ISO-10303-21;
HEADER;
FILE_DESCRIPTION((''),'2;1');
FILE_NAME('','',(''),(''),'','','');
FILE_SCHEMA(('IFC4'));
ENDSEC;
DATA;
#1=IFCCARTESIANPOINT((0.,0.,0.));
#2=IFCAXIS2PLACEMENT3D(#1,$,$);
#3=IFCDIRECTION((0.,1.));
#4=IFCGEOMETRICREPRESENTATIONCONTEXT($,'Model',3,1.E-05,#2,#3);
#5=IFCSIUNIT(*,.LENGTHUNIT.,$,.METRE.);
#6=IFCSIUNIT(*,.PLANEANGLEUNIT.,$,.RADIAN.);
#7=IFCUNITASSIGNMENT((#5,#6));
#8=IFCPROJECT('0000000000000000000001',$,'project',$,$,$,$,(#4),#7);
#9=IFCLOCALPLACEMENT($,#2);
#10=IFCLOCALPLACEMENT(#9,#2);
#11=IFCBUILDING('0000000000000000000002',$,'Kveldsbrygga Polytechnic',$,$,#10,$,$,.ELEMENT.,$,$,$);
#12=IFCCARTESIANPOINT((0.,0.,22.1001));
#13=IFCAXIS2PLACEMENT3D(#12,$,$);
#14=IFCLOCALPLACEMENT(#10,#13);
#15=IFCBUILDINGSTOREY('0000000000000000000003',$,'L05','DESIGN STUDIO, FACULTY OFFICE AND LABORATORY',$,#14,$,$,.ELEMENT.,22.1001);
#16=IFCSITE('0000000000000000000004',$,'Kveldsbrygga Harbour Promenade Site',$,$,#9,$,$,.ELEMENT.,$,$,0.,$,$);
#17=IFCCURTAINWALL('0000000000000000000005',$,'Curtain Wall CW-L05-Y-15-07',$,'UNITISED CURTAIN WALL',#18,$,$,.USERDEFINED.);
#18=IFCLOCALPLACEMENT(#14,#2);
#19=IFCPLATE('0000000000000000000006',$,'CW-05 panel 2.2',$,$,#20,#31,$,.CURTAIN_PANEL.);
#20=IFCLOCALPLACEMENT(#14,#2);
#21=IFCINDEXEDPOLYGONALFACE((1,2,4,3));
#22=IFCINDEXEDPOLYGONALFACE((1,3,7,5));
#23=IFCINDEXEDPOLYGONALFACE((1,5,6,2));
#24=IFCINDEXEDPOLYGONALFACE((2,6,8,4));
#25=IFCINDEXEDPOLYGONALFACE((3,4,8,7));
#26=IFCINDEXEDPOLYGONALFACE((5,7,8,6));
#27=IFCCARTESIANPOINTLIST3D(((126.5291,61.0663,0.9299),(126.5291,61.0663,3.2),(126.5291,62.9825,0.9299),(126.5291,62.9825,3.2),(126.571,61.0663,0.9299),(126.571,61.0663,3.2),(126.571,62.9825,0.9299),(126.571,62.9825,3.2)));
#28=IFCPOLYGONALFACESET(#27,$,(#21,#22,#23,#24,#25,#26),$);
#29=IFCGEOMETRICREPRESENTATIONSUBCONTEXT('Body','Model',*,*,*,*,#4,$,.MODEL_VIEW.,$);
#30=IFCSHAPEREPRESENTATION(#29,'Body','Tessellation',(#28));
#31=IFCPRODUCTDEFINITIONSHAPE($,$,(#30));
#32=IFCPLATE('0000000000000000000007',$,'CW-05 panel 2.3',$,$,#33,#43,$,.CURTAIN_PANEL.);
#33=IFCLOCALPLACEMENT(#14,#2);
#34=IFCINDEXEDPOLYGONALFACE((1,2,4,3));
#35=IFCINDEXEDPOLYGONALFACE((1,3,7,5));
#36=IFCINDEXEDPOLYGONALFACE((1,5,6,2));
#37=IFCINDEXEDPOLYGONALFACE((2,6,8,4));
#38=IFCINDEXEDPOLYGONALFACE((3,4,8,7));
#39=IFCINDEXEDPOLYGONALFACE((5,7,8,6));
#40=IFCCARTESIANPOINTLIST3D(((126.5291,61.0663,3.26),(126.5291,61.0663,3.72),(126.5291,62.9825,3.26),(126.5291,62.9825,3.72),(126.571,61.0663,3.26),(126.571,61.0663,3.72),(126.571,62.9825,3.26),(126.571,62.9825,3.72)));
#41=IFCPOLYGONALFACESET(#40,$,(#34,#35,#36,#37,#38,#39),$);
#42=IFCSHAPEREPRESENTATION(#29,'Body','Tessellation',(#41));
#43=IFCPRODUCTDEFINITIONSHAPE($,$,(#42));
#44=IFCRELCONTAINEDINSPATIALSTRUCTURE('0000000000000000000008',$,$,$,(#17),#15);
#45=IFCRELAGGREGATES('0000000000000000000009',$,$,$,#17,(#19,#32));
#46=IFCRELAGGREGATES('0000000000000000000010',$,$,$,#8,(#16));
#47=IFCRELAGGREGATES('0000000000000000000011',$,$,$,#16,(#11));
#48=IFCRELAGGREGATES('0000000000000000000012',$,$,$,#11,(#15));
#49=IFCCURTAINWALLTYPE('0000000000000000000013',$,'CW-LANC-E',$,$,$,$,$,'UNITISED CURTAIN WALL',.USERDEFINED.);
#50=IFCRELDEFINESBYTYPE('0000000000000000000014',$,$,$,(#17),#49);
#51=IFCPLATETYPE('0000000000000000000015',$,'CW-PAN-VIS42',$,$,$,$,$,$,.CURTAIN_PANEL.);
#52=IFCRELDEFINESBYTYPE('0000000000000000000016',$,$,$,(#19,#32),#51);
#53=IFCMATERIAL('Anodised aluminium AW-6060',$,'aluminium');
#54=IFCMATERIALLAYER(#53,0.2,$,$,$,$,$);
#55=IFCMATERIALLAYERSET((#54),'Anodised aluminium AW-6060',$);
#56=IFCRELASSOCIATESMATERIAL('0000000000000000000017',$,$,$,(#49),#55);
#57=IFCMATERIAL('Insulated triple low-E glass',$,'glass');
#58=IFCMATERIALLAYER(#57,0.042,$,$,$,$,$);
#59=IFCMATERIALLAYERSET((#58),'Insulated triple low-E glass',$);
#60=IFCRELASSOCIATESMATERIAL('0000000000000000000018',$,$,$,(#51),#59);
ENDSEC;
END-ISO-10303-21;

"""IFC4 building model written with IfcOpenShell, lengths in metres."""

from ifc_helpers import new_model, si_unit, direction, frame, origin, origin_2d, place, context, subcontext, project, spatial, rectangle, extrude, material, layer, layer_set, type_object, element, aggregate, save


model = new_model("IFC4")

# Units and contexts
model_context = context("Model", 3, precision=1e-05, world=origin(), true_north=direction((0.0, 1.0)))
body_context = subcontext(model_context, "Body", "Model", "MODEL_VIEW")
ifc_project = project(units=[si_unit("LENGTHUNIT", "METRE"), si_unit("PLANEANGLEUNIT", "RADIAN")], contexts=[model_context])

# Site, building, storey
site_placement = place(None, origin())
site = spatial("IfcSite", under=ifc_project, at=site_placement, Name="Kveldsbrygga Harbour Promenade Site", CompositionType="ELEMENT", RefElevation=0.0)
building_placement = place(site_placement, origin())
building = spatial("IfcBuilding", under=site, at=building_placement, Name="Kveldsbrygga Polytechnic", CompositionType="ELEMENT")
storey_placement = place(building_placement, frame((0.0, 0.0, 22.1001)))
storey = spatial("IfcBuildingStorey", under=building, at=storey_placement, Name="L05", Description="DESIGN STUDIO, FACULTY OFFICE AND LABORATORY", CompositionType="ELEMENT", Elevation=22.1001)

# Curtain wall
ifc_material_1 = material(Name="Anodised aluminium AW-6060", Category="aluminium")
ifc_layer_1 = layer(ifc_material_1, 0.2)
ifc_layer_set_1 = layer_set([ifc_layer_1], Name="Anodised aluminium AW-6060")
curtain_wall_type_1 = type_object("IfcCurtainWallType", Name="CW-LANC-E", ElementType="UNITISED CURTAIN WALL", PredefinedType="USERDEFINED", material=ifc_layer_set_1)
curtain_wall_1_placement = place(storey_placement, origin())
curtain_wall_1 = element("IfcCurtainWall", 1, at=curtain_wall_1_placement, inside=storey, type_object=curtain_wall_type_1, Name="Curtain Wall CW-L05-Y-15-07", ObjectType="UNITISED CURTAIN WALL", PredefinedType="USERDEFINED")

# Plates
ifc_material_2 = material(Name="Insulated triple low-E glass", Category="glass")
ifc_layer_2 = layer(ifc_material_2, 0.042)
ifc_layer_set_2 = layer_set([ifc_layer_2], Name="Insulated triple low-E glass")
plate_type_1 = type_object("IfcPlateType", Name="CW-PAN-VIS42", PredefinedType="CURTAIN_PANEL", material=ifc_layer_set_2)
plate_1_placement = place(storey_placement, frame((126.55, 62.0244, 0.9299), z_axis=(0.0, 0.0, 1.0), x_axis=(0.0, 1.0, 0.0)))
plate_1 = element("IfcPlate", 2, at=plate_1_placement, type_object=plate_type_1, Name="CW-05 panel 2.2", PredefinedType="CURTAIN_PANEL", context=body_context, shape_type="SweptSolid", body=[
    extrude(rectangle(XDim=1.9163, YDim=0.042, at=origin_2d()), origin(), (0.0, 0.0, 1.0), 2.27),
])
plate_2_placement = place(storey_placement, frame((126.55, 62.0244, 3.26), z_axis=(0.0, 0.0, 1.0), x_axis=(0.0, 1.0, 0.0)))
plate_2 = element("IfcPlate", 3, at=plate_2_placement, type_object=plate_type_1, Name="CW-05 panel 2.3", PredefinedType="CURTAIN_PANEL", context=body_context, shape_type="SweptSolid", body=[
    extrude(rectangle(XDim=1.9163, YDim=0.042, at=origin_2d()), origin(), (0.0, 0.0, 1.0), 0.46),
])
aggregate(curtain_wall_1, [plate_1, plate_2])

save(model, "model.ifc")
